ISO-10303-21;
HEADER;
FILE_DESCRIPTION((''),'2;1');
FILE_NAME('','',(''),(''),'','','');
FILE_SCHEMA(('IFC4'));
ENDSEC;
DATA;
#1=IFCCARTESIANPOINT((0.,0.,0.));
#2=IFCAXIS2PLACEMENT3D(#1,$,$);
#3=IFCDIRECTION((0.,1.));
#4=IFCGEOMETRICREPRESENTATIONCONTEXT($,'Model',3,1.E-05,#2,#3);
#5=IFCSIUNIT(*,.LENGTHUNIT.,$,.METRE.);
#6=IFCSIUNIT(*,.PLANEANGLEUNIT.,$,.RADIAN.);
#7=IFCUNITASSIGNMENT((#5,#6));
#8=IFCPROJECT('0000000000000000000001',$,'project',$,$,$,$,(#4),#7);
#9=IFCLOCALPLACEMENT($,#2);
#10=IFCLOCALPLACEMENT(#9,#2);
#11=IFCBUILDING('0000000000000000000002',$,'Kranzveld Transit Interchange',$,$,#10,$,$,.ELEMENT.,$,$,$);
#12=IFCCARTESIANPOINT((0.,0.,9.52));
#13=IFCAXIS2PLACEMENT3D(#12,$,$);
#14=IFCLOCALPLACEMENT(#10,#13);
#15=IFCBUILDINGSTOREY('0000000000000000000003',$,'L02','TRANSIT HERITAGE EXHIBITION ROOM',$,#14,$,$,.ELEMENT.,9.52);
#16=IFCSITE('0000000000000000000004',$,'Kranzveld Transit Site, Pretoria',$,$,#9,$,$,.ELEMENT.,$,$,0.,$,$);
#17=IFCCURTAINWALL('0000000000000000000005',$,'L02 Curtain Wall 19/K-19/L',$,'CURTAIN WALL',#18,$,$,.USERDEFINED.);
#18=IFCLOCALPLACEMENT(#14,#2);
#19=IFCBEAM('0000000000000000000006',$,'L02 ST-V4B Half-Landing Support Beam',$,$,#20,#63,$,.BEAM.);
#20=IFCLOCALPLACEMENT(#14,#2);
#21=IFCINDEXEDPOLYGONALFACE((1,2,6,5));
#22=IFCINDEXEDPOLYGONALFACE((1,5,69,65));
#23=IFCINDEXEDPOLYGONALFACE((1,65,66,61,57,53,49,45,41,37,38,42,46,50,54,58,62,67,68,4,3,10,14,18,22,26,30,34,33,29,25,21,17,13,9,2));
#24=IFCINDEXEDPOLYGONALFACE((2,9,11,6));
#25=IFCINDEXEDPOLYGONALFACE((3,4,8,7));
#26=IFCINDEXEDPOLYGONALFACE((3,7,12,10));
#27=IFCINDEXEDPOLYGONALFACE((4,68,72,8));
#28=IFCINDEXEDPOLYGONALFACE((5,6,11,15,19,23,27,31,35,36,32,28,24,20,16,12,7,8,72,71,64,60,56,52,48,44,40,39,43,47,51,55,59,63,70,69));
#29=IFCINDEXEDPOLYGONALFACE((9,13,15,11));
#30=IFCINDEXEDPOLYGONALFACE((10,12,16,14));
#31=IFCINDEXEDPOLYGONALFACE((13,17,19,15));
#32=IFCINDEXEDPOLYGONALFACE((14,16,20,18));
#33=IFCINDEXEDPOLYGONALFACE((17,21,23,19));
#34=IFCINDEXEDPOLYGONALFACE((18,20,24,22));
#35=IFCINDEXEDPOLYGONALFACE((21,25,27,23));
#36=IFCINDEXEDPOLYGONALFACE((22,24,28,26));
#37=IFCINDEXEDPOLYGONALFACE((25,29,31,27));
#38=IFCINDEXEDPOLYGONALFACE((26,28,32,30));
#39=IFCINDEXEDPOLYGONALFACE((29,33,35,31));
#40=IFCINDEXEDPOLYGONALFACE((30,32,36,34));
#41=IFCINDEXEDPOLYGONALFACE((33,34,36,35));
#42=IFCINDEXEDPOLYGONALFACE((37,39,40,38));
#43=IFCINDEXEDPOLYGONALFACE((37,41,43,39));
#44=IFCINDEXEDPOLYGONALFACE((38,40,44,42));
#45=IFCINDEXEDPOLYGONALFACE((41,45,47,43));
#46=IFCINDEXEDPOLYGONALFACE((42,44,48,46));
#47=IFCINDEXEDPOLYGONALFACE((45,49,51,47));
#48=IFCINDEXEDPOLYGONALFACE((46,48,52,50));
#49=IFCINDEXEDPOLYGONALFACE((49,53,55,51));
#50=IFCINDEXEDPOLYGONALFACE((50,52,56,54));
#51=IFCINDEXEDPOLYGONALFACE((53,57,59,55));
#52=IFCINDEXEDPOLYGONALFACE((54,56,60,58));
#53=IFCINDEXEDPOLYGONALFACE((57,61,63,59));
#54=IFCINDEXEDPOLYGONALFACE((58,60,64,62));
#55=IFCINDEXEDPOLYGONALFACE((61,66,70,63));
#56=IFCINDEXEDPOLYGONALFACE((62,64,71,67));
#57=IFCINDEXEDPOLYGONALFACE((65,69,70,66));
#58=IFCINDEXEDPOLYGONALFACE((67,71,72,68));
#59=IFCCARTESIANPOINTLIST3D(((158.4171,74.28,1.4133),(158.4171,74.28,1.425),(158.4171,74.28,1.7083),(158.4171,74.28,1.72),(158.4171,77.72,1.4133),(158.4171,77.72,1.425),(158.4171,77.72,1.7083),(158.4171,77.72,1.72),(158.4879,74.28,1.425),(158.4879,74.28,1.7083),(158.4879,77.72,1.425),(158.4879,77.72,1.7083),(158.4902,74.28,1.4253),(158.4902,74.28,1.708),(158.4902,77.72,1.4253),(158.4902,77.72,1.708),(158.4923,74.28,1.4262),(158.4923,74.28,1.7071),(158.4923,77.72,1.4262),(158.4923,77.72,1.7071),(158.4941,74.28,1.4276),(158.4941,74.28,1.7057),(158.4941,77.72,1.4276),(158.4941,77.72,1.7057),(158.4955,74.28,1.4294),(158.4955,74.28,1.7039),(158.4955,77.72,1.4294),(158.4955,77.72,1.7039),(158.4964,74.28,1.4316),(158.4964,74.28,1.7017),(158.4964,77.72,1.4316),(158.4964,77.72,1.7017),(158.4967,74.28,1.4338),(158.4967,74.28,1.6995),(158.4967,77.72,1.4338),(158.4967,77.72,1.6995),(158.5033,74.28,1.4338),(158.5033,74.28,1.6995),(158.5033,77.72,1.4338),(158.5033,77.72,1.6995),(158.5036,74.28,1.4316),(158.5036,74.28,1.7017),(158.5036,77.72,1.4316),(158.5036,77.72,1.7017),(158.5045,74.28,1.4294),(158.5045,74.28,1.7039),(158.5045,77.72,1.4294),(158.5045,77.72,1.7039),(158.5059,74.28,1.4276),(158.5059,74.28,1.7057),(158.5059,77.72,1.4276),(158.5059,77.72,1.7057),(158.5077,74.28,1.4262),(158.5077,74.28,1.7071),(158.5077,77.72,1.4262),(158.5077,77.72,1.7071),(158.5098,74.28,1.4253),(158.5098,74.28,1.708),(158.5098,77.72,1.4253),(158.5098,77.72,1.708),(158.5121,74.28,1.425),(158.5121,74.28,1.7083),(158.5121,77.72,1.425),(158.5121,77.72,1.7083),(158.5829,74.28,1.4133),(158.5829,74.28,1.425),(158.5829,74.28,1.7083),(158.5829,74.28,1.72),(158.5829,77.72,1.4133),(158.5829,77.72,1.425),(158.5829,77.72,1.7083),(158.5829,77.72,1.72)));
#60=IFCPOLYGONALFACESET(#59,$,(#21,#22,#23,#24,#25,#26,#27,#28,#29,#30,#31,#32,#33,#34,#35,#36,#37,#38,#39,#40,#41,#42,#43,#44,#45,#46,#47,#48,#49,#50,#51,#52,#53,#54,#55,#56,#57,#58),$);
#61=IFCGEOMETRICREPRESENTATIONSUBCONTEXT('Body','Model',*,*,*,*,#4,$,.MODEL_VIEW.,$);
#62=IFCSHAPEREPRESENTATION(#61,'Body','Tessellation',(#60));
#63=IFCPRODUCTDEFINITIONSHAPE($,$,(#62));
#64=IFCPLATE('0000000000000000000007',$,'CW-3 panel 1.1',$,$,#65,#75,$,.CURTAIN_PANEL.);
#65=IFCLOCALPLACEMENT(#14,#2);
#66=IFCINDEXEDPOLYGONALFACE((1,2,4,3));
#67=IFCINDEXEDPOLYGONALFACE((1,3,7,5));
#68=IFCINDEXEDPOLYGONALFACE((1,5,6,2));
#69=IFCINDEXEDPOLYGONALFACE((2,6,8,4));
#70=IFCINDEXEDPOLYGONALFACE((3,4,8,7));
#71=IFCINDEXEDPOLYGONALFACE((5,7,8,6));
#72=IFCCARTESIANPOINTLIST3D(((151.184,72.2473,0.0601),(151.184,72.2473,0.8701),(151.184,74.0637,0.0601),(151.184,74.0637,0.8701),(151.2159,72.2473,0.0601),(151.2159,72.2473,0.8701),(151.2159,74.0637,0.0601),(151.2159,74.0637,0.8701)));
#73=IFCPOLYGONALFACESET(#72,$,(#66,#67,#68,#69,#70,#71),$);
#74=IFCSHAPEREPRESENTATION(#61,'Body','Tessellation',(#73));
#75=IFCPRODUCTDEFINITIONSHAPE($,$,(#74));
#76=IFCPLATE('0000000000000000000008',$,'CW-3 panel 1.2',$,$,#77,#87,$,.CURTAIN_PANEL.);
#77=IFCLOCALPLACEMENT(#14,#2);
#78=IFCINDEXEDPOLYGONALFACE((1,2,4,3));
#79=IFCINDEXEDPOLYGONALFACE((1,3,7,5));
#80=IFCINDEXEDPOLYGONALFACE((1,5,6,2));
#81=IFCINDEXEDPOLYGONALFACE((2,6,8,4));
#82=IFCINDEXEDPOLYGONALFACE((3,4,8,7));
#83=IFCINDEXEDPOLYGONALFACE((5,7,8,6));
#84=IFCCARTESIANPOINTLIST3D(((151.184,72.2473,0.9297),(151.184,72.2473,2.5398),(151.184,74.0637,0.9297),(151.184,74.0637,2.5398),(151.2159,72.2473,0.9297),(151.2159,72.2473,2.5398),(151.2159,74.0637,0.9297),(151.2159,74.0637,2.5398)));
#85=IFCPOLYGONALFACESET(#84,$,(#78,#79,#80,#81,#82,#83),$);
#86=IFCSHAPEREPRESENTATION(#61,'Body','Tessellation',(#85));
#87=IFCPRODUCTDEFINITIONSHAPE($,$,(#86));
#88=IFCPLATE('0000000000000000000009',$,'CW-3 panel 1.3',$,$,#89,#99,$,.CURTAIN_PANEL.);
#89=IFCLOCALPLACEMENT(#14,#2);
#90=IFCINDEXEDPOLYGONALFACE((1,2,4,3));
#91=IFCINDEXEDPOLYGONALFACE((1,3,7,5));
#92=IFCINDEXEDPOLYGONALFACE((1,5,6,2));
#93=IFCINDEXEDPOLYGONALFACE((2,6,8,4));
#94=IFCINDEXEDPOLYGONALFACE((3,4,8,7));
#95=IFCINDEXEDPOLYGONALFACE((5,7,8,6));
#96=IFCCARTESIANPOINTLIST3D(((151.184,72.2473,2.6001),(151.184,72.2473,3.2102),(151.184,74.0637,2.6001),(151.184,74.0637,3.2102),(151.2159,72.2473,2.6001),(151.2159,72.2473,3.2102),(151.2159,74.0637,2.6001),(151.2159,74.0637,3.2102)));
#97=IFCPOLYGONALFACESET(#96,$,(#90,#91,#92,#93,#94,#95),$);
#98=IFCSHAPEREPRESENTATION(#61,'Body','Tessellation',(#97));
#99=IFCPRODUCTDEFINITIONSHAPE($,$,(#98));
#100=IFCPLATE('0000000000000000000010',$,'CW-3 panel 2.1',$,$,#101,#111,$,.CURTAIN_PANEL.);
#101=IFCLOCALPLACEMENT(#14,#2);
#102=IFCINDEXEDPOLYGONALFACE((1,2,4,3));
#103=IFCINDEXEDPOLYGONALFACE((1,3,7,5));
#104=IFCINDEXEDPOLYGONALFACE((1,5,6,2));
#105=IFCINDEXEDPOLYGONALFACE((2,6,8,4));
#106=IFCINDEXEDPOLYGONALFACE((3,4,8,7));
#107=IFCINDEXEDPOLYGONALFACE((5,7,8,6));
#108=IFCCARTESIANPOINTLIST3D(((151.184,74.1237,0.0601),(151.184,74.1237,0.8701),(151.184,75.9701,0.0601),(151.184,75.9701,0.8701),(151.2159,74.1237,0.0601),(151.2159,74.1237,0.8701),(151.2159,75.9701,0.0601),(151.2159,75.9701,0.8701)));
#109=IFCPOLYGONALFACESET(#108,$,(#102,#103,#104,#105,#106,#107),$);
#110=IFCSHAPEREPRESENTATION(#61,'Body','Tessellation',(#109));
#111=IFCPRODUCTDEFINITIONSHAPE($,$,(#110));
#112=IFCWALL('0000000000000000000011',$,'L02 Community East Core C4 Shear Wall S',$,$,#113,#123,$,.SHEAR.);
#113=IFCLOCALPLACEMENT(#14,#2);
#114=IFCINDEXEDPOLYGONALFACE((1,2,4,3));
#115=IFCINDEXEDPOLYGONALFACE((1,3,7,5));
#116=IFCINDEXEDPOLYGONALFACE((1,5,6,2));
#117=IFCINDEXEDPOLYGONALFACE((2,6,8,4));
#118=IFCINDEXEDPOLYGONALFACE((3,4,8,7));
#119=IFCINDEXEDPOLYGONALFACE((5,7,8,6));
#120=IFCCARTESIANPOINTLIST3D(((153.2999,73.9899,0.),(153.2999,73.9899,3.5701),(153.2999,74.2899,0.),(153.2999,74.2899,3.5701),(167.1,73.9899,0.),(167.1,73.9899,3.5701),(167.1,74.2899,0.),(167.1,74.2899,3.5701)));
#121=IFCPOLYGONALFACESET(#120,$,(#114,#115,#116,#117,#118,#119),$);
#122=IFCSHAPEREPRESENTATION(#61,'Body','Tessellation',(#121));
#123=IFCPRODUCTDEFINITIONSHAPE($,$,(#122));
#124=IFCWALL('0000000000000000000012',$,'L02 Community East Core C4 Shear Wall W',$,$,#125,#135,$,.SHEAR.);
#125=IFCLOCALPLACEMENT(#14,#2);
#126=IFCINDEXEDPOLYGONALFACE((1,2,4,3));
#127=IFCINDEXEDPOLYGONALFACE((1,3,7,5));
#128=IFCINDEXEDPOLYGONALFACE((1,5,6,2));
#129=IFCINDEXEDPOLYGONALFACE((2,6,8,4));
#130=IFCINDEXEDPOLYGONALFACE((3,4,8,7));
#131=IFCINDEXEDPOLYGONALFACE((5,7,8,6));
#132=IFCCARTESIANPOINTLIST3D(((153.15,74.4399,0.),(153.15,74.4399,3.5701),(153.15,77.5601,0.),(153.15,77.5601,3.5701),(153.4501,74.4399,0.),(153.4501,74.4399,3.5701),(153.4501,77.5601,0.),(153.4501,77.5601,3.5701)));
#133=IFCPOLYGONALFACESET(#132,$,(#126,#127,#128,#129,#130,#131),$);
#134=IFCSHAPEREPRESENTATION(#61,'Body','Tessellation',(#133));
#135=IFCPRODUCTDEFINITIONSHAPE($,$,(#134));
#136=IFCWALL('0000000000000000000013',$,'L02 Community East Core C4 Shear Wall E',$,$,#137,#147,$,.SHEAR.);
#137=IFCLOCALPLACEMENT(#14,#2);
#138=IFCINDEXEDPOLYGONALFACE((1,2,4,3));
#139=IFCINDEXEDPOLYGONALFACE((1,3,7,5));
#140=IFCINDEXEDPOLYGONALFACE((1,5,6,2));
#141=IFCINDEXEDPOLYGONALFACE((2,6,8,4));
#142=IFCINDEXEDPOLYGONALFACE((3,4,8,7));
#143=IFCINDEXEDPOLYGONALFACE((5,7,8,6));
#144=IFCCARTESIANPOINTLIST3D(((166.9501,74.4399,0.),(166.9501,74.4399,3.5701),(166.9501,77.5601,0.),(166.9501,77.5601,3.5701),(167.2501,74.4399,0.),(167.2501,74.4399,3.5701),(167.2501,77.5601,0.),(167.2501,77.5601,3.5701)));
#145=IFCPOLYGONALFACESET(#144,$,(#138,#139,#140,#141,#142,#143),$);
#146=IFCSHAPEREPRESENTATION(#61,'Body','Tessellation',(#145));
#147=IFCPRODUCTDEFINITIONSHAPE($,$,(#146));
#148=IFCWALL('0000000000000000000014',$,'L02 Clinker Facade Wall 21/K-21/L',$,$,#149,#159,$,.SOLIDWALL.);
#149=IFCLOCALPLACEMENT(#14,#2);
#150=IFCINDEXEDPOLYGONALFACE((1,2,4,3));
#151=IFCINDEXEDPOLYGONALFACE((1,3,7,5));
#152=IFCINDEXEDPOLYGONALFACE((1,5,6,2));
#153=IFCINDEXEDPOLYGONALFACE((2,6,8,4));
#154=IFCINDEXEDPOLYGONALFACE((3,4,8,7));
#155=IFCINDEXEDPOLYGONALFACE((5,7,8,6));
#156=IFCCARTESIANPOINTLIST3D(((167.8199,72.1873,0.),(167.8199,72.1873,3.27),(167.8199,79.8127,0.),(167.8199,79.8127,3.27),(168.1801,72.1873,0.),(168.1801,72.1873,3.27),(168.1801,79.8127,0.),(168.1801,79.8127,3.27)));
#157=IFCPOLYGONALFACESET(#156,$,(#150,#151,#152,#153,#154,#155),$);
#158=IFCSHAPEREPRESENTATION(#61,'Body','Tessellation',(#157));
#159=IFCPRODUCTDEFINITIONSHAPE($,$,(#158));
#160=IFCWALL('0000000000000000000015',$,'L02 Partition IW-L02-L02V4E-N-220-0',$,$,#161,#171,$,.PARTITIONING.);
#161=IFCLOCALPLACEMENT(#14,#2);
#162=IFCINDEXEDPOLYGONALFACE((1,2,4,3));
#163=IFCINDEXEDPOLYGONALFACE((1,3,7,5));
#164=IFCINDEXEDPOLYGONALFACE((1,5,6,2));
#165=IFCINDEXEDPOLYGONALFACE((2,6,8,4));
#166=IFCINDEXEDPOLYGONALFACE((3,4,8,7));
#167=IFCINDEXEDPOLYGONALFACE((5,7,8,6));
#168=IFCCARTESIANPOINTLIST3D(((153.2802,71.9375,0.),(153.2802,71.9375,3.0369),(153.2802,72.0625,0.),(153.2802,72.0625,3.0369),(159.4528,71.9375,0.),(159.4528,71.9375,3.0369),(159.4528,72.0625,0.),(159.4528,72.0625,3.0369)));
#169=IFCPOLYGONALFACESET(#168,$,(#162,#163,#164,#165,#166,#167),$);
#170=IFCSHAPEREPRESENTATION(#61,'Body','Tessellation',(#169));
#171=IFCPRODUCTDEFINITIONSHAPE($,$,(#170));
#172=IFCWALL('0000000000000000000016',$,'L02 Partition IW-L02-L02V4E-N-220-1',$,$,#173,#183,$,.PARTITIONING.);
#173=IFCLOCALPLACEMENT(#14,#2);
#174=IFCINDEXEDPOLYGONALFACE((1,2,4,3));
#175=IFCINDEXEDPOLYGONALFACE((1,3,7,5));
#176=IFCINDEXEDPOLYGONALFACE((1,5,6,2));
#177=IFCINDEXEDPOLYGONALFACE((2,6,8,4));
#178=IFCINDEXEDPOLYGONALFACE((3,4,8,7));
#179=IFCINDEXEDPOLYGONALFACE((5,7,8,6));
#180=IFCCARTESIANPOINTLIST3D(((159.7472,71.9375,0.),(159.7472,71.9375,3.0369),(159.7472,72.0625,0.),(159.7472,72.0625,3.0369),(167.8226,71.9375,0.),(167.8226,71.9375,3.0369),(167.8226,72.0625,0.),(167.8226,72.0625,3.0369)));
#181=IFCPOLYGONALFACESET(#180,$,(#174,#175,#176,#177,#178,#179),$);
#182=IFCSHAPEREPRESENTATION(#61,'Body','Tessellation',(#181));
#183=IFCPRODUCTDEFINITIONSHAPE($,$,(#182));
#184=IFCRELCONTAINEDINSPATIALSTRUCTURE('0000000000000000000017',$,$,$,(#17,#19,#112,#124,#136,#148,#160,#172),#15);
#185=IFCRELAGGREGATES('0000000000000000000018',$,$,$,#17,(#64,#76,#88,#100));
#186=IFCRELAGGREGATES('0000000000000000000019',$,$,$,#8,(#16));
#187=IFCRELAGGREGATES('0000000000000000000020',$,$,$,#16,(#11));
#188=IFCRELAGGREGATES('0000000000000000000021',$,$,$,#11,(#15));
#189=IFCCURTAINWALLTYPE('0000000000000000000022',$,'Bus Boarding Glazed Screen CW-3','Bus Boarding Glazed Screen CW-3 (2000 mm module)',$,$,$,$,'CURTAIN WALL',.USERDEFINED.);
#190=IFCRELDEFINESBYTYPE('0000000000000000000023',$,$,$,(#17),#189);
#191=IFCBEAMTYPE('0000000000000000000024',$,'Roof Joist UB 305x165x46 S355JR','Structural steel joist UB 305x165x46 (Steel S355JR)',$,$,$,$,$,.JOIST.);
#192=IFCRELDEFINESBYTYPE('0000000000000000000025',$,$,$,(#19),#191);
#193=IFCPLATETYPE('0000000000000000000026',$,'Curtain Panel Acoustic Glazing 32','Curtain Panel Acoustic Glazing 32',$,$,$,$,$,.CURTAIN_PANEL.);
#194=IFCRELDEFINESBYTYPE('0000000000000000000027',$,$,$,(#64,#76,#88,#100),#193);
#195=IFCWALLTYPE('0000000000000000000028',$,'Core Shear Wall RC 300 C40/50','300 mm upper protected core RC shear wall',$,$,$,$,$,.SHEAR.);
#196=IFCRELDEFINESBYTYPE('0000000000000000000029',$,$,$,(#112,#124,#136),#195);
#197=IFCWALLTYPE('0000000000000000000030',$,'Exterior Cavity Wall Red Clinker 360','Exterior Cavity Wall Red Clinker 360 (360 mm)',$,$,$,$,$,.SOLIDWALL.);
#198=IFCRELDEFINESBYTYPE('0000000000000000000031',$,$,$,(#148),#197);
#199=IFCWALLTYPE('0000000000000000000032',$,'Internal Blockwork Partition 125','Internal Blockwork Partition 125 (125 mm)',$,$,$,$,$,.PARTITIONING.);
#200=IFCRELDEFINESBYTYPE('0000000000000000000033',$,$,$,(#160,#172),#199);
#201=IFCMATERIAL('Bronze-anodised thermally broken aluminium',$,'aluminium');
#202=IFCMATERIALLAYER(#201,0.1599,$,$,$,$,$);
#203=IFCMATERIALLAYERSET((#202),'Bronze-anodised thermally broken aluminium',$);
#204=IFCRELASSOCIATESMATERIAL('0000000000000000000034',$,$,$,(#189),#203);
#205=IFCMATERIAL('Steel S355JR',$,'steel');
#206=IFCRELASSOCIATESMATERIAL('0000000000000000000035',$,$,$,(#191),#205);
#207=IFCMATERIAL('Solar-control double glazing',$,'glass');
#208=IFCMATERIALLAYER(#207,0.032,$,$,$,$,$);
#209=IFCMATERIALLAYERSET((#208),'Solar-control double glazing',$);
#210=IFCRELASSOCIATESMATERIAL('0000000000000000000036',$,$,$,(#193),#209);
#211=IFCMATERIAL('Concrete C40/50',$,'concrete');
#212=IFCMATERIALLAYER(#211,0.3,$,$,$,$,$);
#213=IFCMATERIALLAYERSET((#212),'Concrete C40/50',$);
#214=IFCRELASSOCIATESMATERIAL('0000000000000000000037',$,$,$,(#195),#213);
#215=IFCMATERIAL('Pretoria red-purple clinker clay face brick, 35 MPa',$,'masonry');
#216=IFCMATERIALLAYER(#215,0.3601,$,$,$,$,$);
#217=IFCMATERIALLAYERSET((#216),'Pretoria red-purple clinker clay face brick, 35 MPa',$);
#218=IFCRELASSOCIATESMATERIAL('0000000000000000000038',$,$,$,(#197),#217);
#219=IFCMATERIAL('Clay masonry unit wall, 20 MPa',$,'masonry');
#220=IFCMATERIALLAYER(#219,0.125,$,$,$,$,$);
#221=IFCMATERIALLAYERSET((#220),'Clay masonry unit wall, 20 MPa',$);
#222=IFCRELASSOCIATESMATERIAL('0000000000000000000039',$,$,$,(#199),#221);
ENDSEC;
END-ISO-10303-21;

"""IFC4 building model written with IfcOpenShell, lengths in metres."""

from ifc_helpers import new_model, si_unit, direction, frame, frame_2d, origin, origin_2d, place, context, subcontext, project, spatial, rectangle, i_section, extrude, material, layer, layer_set, material_profile, profile_set, type_object, element, aggregate, save


model = new_model("IFC4")

# Units and contexts
model_context = context("Model", 3, precision=1e-05, world=origin(), true_north=direction((0.0, 1.0)))
body_context = subcontext(model_context, "Body", "Model", "MODEL_VIEW")
ifc_project = project(units=[si_unit("LENGTHUNIT", "METRE"), si_unit("PLANEANGLEUNIT", "RADIAN")], contexts=[model_context])

# Site, building, storey
site_placement = place(None, origin())
site = spatial("IfcSite", under=ifc_project, at=site_placement, Name="Kranzveld Transit Site, Pretoria", CompositionType="ELEMENT", RefElevation=0.0)
building_placement = place(site_placement, origin())
building = spatial("IfcBuilding", under=site, at=building_placement, Name="Kranzveld Transit Interchange", CompositionType="ELEMENT")
storey_placement = place(building_placement, frame((0.0, 0.0, 9.52)))
storey = spatial("IfcBuildingStorey", under=building, at=storey_placement, Name="L02", Description="TRANSIT HERITAGE EXHIBITION ROOM", CompositionType="ELEMENT", Elevation=9.52)

# Curtain wall
ifc_material_1 = material(Name="Bronze-anodised thermally broken aluminium", Category="aluminium")
ifc_layer_1 = layer(ifc_material_1, 0.1599)
ifc_layer_set_1 = layer_set([ifc_layer_1], Name="Bronze-anodised thermally broken aluminium")
curtain_wall_type = type_object("IfcCurtainWallType", Name="Bus Boarding Glazed Screen CW-3", Description="Bus Boarding Glazed Screen CW-3 (2000 mm module)", ElementType="CURTAIN WALL", PredefinedType="USERDEFINED", material=ifc_layer_set_1)
curtain_wall_placement = place(storey_placement, origin())
curtain_wall = element("IfcCurtainWall", 1, at=curtain_wall_placement, inside=storey, type_object=curtain_wall_type, Name="L02 Curtain Wall 19/K-19/L", ObjectType="CURTAIN WALL", PredefinedType="USERDEFINED")

# Beam
ifc_material_2 = material(Name="Steel S355JR", Category="steel")
ifc_material_profile_1 = material_profile(ifc_material_2, i_section(OverallWidth=0.1658, OverallDepth=0.3066, WebThickness=0.0066, FlangeThickness=0.0117, FilletRadius=0.0088, at=origin_2d()), Name="UB 305x165x46")
ifc_profile_set_1 = profile_set([ifc_material_profile_1], Name="Steel S355JR")
beam_type_1 = type_object("IfcBeamType", Name="Roof Joist UB 305x165x46 S355JR", Description="Structural steel joist UB 305x165x46 (Steel S355JR)", PredefinedType="JOIST", material=ifc_profile_set_1)
beam_1_placement = place(storey_placement, frame((158.5, 74.28, 1.5667), z_axis=(0.0, 1.0, 0.0), x_axis=(-1.0, 0.0, 0.0)))
element("IfcBeam", 2, at=beam_1_placement, inside=storey, type_object=beam_type_1, Name="L02 ST-V4B Half-Landing Support Beam", PredefinedType="BEAM", context=body_context, shape_type="SweptSolid", body=[
    extrude(i_section(OverallWidth=0.1658, OverallDepth=0.3066, WebThickness=0.0066, FlangeThickness=0.0117, FilletRadius=0.0088, at=origin_2d()), origin(), (0.0, 0.0, 1.0), 3.4399),
])

# Plates
ifc_material_3 = material(Name="Solar-control double glazing", Category="glass")
ifc_layer_2 = layer(ifc_material_3, 0.032)
ifc_layer_set_2 = layer_set([ifc_layer_2], Name="Solar-control double glazing")
plate_type = type_object("IfcPlateType", Name="Curtain Panel Acoustic Glazing 32", Description="Curtain Panel Acoustic Glazing 32", PredefinedType="CURTAIN_PANEL", material=ifc_layer_set_2)
plate_1_placement = place(storey_placement, frame((151.2, 73.1555, 0.0601), z_axis=(0.0, 0.0, 1.0), x_axis=(0.0, 1.0, 0.0)))
plate_1 = element("IfcPlate", 3, at=plate_1_placement, type_object=plate_type, Name="CW-3 panel 1.1", PredefinedType="CURTAIN_PANEL", context=body_context, shape_type="SweptSolid", body=[
    extrude(rectangle(XDim=1.8164, YDim=0.032, at=origin_2d()), origin(), (0.0, 0.0, 1.0), 0.8101),
])
plate_2_placement = place(storey_placement, frame((151.2, 73.1555, 0.9297), z_axis=(0.0, 0.0, 1.0), x_axis=(0.0, 1.0, 0.0)))
plate_2 = element("IfcPlate", 4, at=plate_2_placement, type_object=plate_type, Name="CW-3 panel 1.2", PredefinedType="CURTAIN_PANEL", context=body_context, shape_type="SweptSolid", body=[
    extrude(rectangle(XDim=1.8164, YDim=0.032, at=origin_2d()), origin(), (0.0, 0.0, 1.0), 1.6101),
])
plate_3_placement = place(storey_placement, frame((151.2, 73.1555, 2.6001), z_axis=(0.0, 0.0, 1.0), x_axis=(0.0, 1.0, 0.0)))
plate_3 = element("IfcPlate", 5, at=plate_3_placement, type_object=plate_type, Name="CW-3 panel 1.3", PredefinedType="CURTAIN_PANEL", context=body_context, shape_type="SweptSolid", body=[
    extrude(rectangle(XDim=1.8164, YDim=0.032, at=origin_2d()), origin(), (0.0, 0.0, 1.0), 0.6101),
])
plate_4_placement = place(storey_placement, frame((151.2, 75.0469, 0.0601), z_axis=(0.0, 0.0, 1.0), x_axis=(0.0, 1.0, 0.0)))
plate_4 = element("IfcPlate", 6, at=plate_4_placement, type_object=plate_type, Name="CW-3 panel 2.1", PredefinedType="CURTAIN_PANEL", context=body_context, shape_type="SweptSolid", body=[
    extrude(rectangle(XDim=1.8464, YDim=0.032, at=origin_2d()), origin(), (0.0, 0.0, 1.0), 0.8101),
])
aggregate(curtain_wall, [plate_1, plate_2, plate_3, plate_4])

# Walls
ifc_material_4 = material(Name="Concrete C40/50", Category="concrete")
ifc_layer_3 = layer(ifc_material_4, 0.3)
ifc_layer_set_3 = layer_set([ifc_layer_3], Name="Concrete C40/50")
wall_type_1 = type_object("IfcWallType", Name="Core Shear Wall RC 300 C40/50", Description="300 mm upper protected core RC shear wall", PredefinedType="SHEAR", material=ifc_layer_set_3)
wall_1_placement = place(storey_placement, frame((153.3, 74.1399, 0.0), z_axis=(0.0, 0.0, 1.0), x_axis=(1.0, 0.0, 0.0)))
element("IfcWall", 7, at=wall_1_placement, inside=storey, type_object=wall_type_1, Name="L02 Community East Core C4 Shear Wall S", PredefinedType="SHEAR", context=body_context, shape_type="SweptSolid", body=[
    extrude(rectangle(XDim=13.8, YDim=0.3, at=frame_2d((6.8999, 0.0))), origin(), (0.0, 0.0, 1.0), 3.5701),
])
for number, where, z_axis, x_axis, name in (
    (8, (153.3, 74.4399, 0.0), (0.0, 0.0, 1.0), (0.0, 1.0, 0.0), "L02 Community East Core C4 Shear Wall W"),
    (9, (167.1001, 74.4399, 0.0), (0.0, 0.0, 1.0), (0.0, 1.0, 0.0), "L02 Community East Core C4 Shear Wall E"),
):
    element("IfcWall", number, at=place(storey_placement, frame(where, z_axis=z_axis, x_axis=x_axis)), inside=storey, type_object=wall_type_1, Name=name, PredefinedType="SHEAR", context=body_context, shape_type="SweptSolid", body=[
        extrude(rectangle(XDim=3.1201, YDim=0.3, at=frame_2d((1.5601, 0.0))), origin(), (0.0, 0.0, 1.0), 3.5701),
    ])
ifc_material_5 = material(Name="Pretoria red-purple clinker clay face brick, 35 MPa", Category="masonry")
ifc_layer_4 = layer(ifc_material_5, 0.3601)
ifc_layer_set_4 = layer_set([ifc_layer_4], Name="Pretoria red-purple clinker clay face brick, 35 MPa")
wall_type_2 = type_object("IfcWallType", Name="Exterior Cavity Wall Red Clinker 360", Description="Exterior Cavity Wall Red Clinker 360 (360 mm)", PredefinedType="SOLIDWALL", material=ifc_layer_set_4)
wall_2_placement = place(storey_placement, frame((168.0, 72.1873, 0.0), z_axis=(0.0, 0.0, 1.0), x_axis=(0.0, 1.0, 0.0)))
element("IfcWall", 10, at=wall_2_placement, inside=storey, type_object=wall_type_2, Name="L02 Clinker Facade Wall 21/K-21/L", PredefinedType="SOLIDWALL", context=body_context, shape_type="SweptSolid", body=[
    extrude(rectangle(XDim=7.6255, YDim=0.3601, at=frame_2d((3.8127, 0.0))), origin(), (0.0, 0.0, 1.0), 3.27),
])
ifc_material_6 = material(Name="Clay masonry unit wall, 20 MPa", Category="masonry")
ifc_layer_5 = layer(ifc_material_6, 0.125)
ifc_layer_set_5 = layer_set([ifc_layer_5], Name="Clay masonry unit wall, 20 MPa")
wall_type_3 = type_object("IfcWallType", Name="Internal Blockwork Partition 125", Description="Internal Blockwork Partition 125 (125 mm)", PredefinedType="PARTITIONING", material=ifc_layer_set_5)
wall_3_placement = place(storey_placement, frame((153.28, 72.0, 0.0), z_axis=(0.0, 0.0, 1.0), x_axis=(1.0, 0.0, 0.0)))
element("IfcWall", 11, at=wall_3_placement, inside=storey, type_object=wall_type_3, Name="L02 Partition IW-L02-L02V4E-N-220-0", PredefinedType="PARTITIONING", context=body_context, shape_type="SweptSolid", body=[
    extrude(rectangle(XDim=6.1726, YDim=0.125, at=frame_2d((3.0864, 0.0))), origin(), (0.0, 0.0, 1.0), 3.0369),
])
wall_4_placement = place(storey_placement, frame((159.7473, 72.0, 0.0), z_axis=(0.0, 0.0, 1.0), x_axis=(1.0, 0.0, 0.0)))
element("IfcWall", 12, at=wall_4_placement, inside=storey, type_object=wall_type_3, Name="L02 Partition IW-L02-L02V4E-N-220-1", PredefinedType="PARTITIONING", context=body_context, shape_type="SweptSolid", body=[
    extrude(rectangle(XDim=8.0754, YDim=0.125, at=frame_2d((4.0376, 0.0))), origin(), (0.0, 0.0, 1.0), 3.0369),
])

save(model, "model.ifc")
